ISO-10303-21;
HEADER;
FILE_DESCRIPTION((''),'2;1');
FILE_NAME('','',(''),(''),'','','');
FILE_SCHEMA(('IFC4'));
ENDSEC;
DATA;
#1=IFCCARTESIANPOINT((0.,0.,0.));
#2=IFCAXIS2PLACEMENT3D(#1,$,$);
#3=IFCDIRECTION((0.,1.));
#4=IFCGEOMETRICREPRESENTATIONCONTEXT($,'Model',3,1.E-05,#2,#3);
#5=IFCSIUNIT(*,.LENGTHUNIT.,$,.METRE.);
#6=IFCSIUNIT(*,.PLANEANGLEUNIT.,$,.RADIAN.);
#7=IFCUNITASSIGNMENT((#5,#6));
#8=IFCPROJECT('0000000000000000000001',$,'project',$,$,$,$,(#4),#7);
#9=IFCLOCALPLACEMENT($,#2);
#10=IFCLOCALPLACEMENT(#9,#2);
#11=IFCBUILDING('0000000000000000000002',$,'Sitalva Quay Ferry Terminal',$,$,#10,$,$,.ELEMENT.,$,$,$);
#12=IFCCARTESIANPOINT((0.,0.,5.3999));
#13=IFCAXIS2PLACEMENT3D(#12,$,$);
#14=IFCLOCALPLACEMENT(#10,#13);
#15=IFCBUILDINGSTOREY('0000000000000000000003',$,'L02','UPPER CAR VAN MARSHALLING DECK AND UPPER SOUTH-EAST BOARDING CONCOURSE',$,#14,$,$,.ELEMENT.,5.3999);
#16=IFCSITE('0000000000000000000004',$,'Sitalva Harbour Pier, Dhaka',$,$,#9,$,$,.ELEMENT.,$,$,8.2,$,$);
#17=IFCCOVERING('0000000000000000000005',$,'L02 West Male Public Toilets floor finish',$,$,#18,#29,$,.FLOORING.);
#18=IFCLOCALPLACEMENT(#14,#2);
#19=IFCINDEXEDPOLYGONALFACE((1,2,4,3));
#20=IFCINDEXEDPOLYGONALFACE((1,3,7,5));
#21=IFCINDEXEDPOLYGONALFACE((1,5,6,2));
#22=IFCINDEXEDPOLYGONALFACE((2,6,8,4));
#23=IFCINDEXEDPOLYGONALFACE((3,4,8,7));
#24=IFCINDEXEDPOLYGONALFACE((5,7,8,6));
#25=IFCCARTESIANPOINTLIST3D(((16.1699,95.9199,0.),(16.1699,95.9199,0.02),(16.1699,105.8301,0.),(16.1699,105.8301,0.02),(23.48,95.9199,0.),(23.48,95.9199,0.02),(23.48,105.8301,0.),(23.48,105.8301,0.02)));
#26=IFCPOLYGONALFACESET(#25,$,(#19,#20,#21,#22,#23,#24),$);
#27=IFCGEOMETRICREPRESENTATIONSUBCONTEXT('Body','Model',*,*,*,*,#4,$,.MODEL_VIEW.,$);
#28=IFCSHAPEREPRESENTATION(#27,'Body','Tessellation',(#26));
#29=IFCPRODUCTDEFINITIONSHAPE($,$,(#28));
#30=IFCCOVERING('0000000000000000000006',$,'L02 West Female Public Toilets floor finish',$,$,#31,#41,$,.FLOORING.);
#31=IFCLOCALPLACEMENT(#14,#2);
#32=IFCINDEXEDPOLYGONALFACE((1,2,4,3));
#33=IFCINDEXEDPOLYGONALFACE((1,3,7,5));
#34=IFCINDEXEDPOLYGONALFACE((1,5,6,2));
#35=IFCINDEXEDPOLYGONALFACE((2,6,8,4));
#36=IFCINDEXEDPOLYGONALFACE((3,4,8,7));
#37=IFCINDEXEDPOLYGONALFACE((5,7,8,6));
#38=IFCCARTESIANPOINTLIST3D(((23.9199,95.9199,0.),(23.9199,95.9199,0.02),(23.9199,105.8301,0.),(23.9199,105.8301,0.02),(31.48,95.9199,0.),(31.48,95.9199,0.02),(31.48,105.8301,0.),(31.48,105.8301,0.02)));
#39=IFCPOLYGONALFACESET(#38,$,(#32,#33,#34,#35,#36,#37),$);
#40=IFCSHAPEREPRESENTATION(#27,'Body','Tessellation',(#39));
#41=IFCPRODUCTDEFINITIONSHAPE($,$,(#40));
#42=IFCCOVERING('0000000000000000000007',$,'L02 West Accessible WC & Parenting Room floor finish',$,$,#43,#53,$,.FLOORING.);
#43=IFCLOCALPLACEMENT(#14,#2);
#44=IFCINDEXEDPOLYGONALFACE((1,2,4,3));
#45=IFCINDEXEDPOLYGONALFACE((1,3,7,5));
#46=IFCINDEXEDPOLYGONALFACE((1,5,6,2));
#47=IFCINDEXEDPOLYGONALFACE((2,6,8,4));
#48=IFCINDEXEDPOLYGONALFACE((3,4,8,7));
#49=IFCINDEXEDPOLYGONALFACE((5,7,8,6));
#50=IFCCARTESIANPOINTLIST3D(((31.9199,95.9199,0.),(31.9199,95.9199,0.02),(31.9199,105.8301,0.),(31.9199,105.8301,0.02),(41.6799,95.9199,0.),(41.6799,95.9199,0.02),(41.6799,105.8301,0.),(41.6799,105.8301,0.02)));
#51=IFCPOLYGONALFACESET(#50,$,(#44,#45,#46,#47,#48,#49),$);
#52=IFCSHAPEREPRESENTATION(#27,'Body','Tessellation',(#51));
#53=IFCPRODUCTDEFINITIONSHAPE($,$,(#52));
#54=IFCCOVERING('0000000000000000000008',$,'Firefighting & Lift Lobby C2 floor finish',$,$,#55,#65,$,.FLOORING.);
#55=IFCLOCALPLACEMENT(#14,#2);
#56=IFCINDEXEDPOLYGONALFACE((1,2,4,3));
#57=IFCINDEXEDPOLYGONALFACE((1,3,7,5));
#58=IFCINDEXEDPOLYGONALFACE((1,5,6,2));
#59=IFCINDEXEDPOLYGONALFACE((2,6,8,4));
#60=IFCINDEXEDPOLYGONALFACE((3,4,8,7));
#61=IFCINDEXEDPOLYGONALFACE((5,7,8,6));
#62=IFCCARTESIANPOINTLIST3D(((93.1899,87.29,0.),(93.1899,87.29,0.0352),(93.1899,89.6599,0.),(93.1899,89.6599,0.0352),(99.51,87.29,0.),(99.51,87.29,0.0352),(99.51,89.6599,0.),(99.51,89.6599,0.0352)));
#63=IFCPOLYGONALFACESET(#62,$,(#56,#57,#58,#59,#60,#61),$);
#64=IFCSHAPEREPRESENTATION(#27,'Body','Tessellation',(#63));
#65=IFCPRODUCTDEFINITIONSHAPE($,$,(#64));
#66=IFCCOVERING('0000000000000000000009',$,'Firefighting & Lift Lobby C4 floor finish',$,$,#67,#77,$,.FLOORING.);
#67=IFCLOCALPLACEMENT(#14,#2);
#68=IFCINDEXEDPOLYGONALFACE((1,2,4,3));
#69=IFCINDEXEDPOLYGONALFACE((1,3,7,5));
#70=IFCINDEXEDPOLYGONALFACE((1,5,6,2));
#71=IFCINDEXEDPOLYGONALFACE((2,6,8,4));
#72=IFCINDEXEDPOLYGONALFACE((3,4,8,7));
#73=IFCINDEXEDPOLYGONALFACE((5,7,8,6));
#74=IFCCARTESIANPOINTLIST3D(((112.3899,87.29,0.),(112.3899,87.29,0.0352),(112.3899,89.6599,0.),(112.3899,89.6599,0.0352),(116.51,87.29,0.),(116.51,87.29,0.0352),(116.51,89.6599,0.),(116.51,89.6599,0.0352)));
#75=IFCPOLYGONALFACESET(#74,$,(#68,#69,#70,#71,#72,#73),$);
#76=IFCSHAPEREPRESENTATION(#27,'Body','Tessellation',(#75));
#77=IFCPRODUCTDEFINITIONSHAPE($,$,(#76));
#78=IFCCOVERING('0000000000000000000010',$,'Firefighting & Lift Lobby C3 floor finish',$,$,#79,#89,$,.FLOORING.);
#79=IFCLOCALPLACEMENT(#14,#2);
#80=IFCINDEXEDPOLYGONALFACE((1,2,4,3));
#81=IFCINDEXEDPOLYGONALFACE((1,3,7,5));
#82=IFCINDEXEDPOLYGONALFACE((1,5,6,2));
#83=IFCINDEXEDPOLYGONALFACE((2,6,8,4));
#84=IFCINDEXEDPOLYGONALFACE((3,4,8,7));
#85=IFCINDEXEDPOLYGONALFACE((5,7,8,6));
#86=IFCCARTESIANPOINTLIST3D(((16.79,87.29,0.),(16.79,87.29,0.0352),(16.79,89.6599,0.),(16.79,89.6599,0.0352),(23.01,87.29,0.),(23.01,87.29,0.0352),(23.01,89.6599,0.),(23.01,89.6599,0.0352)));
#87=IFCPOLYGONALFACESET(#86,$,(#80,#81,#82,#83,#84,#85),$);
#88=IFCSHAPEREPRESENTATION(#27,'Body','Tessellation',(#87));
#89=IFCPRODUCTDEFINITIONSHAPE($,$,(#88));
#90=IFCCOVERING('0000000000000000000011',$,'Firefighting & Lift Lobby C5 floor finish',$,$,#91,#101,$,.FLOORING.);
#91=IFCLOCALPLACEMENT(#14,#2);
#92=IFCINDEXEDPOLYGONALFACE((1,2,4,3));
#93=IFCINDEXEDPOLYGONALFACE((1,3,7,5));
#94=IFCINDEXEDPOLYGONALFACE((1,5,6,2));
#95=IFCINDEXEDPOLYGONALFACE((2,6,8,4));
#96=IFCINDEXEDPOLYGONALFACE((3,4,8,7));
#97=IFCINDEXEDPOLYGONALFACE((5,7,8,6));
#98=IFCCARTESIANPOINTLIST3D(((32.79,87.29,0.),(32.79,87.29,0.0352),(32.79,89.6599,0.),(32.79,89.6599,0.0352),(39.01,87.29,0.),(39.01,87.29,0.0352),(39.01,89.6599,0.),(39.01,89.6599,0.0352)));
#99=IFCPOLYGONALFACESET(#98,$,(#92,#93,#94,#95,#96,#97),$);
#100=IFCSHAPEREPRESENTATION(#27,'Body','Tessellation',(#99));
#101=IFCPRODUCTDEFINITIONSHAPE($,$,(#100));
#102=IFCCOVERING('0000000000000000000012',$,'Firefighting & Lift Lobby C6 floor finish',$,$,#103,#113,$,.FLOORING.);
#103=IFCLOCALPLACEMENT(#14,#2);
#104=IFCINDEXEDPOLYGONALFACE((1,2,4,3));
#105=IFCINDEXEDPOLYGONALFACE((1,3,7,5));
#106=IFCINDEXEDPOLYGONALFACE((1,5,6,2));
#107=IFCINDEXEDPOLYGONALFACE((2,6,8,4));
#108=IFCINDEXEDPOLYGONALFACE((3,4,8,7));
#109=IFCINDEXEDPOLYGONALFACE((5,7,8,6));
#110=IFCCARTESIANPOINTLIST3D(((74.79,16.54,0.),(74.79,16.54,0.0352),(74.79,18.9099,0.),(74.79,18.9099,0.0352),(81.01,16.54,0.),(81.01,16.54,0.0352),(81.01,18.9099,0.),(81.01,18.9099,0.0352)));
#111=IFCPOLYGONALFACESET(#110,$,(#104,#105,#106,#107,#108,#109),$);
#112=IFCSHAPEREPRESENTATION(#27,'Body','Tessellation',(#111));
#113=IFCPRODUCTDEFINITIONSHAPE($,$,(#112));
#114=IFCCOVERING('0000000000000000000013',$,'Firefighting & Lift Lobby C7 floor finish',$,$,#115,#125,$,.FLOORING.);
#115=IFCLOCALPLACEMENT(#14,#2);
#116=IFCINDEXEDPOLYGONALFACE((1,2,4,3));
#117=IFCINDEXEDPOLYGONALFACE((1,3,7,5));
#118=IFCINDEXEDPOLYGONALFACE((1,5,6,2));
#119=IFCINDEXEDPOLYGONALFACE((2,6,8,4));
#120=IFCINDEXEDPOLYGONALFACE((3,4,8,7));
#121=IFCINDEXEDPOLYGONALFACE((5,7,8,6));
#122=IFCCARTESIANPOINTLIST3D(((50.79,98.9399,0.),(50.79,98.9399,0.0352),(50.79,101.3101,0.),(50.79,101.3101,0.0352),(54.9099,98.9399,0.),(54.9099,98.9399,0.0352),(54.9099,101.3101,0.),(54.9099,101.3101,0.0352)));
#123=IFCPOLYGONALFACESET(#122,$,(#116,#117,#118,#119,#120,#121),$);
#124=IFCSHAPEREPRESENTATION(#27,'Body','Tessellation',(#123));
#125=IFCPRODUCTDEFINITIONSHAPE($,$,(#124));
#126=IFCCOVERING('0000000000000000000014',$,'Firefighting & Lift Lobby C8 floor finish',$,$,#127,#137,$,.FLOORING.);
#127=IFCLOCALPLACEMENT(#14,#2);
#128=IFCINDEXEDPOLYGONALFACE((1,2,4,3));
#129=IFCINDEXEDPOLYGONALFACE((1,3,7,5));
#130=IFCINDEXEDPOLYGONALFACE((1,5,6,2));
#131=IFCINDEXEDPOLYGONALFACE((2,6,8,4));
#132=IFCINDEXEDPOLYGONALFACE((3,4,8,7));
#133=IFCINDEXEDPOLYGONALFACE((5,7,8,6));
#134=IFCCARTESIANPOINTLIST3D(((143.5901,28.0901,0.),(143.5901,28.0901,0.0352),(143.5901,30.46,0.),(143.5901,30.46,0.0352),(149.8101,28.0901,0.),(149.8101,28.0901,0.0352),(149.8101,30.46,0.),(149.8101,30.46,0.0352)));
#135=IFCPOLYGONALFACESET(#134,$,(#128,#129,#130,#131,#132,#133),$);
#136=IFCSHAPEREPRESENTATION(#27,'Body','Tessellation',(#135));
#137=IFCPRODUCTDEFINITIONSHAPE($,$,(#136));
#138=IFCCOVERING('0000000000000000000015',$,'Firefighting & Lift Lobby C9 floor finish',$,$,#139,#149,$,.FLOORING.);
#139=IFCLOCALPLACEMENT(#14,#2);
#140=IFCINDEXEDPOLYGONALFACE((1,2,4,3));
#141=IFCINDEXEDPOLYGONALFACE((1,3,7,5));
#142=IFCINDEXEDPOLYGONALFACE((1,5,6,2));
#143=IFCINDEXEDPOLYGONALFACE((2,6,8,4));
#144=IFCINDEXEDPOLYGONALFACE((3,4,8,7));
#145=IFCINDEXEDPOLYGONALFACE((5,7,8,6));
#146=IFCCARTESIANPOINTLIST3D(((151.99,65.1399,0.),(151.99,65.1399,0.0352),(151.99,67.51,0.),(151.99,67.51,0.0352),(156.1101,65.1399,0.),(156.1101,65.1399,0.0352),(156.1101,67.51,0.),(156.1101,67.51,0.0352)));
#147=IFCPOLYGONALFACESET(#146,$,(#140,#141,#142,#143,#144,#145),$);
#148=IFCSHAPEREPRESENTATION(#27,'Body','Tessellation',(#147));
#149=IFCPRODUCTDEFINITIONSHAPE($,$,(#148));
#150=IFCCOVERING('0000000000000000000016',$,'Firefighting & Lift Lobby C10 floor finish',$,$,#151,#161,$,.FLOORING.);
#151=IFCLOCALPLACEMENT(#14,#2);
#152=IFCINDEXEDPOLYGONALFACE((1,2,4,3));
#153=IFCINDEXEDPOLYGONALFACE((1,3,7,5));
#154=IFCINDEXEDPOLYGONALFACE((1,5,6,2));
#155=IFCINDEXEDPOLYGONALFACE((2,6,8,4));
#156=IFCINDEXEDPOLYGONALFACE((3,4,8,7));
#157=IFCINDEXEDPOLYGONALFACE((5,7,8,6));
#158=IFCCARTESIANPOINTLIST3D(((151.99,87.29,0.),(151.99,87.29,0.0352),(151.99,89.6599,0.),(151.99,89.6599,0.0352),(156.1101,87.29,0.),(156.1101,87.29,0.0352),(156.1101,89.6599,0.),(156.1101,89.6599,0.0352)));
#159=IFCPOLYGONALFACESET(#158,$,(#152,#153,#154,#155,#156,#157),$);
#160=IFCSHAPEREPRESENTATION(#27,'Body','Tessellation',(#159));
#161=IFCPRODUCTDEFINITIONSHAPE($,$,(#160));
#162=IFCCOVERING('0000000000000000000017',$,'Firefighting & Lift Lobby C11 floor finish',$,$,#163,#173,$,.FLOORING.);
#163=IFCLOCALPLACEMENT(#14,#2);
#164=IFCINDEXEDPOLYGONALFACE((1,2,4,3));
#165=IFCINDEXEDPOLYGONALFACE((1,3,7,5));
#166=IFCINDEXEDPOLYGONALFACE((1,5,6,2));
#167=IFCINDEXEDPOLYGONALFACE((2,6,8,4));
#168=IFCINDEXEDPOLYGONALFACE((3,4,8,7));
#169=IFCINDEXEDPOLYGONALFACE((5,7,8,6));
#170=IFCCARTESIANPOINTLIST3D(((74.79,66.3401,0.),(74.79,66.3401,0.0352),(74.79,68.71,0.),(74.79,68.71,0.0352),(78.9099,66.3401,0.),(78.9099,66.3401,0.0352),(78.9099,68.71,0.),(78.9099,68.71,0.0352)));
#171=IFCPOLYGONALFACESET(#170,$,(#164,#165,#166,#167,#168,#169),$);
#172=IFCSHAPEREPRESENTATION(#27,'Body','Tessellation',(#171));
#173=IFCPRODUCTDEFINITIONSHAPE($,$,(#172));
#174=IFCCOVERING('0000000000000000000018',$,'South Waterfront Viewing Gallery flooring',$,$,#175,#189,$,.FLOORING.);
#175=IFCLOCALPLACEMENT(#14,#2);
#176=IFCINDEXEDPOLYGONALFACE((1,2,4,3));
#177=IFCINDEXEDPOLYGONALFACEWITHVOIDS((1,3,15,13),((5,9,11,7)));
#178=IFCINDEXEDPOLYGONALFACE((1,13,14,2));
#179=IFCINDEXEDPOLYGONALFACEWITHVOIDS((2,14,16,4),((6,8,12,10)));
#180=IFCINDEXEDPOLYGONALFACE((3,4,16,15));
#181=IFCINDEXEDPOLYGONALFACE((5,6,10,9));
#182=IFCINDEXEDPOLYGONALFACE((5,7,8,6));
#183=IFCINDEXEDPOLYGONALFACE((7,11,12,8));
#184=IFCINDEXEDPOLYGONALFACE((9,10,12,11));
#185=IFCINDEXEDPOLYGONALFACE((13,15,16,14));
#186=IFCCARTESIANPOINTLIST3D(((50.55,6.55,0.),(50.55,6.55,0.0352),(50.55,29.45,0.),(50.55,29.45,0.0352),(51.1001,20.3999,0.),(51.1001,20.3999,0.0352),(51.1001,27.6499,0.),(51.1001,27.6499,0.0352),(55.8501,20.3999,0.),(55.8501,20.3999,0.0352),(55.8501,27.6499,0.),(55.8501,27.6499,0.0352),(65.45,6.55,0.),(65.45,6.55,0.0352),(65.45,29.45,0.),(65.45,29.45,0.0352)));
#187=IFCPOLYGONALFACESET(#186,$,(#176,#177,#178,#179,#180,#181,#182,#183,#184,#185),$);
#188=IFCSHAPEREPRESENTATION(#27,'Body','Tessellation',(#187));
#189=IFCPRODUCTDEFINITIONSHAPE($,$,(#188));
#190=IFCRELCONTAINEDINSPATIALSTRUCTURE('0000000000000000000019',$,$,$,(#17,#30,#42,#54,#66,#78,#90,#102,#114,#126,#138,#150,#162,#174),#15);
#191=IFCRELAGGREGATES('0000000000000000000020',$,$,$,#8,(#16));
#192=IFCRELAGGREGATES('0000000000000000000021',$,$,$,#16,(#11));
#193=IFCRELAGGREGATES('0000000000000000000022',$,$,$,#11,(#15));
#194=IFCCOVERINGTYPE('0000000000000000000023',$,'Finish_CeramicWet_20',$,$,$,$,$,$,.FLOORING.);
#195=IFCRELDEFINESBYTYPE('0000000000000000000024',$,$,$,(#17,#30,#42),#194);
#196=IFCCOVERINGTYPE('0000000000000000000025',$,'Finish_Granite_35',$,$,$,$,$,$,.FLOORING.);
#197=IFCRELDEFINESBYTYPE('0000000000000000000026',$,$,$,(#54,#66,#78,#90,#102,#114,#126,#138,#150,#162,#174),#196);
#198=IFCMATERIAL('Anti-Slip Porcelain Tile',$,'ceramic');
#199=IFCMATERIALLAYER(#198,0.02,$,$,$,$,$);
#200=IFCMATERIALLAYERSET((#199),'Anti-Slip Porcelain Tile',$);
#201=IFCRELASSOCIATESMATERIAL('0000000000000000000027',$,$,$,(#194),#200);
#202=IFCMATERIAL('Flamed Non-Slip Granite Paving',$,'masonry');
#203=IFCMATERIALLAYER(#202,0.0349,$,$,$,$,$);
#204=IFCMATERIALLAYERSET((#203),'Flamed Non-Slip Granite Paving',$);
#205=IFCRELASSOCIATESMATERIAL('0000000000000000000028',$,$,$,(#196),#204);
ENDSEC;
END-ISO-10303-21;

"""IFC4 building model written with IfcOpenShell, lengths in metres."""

from ifc_helpers import new_model, si_unit, direction, frame, origin, place, context, subcontext, project, spatial, polyline, outline, extrude, material, layer, layer_set, type_object, element, save


model = new_model("IFC4")

# Units and contexts
model_context = context("Model", 3, precision=1e-05, world=origin(), true_north=direction((0.0, 1.0)))
body_context = subcontext(model_context, "Body", "Model", "MODEL_VIEW")
ifc_project = project(units=[si_unit("LENGTHUNIT", "METRE"), si_unit("PLANEANGLEUNIT", "RADIAN")], contexts=[model_context])

# Site, building, storey
site_placement = place(None, origin())
site = spatial("IfcSite", under=ifc_project, at=site_placement, Name="Sitalva Harbour Pier, Dhaka", CompositionType="ELEMENT", RefElevation=8.2)
building_placement = place(site_placement, origin())
building = spatial("IfcBuilding", under=site, at=building_placement, Name="Sitalva Quay Ferry Terminal", CompositionType="ELEMENT")
storey_placement = place(building_placement, frame((0.0, 0.0, 5.3999)))
storey = spatial("IfcBuildingStorey", under=building, at=storey_placement, Name="L02", Description="UPPER CAR VAN MARSHALLING DECK AND UPPER SOUTH-EAST BOARDING CONCOURSE", CompositionType="ELEMENT", Elevation=5.3999)

# Coverings
ifc_material_1 = material(Name="Anti-Slip Porcelain Tile", Category="ceramic")
ifc_layer_1 = layer(ifc_material_1, 0.02)
ifc_layer_set_1 = layer_set([ifc_layer_1], Name="Anti-Slip Porcelain Tile")
covering_type_1 = type_object("IfcCoveringType", Name="Finish_CeramicWet_20", PredefinedType="FLOORING", material=ifc_layer_set_1)
covering_1_placement = place(storey_placement, origin())
element("IfcCovering", 1, at=covering_1_placement, inside=storey, type_object=covering_type_1, Name="L02 West Male Public Toilets floor finish", PredefinedType="FLOORING", context=body_context, shape_type="SweptSolid", body=[
    extrude(outline(polyline([(16.1699, 95.9199), (23.48, 95.9199), (23.48, 105.8301), (16.1699, 105.8301), (16.1699, 95.9199)])), origin(), (0.0, 0.0, 1.0), 0.02),
])
covering_2_placement = place(storey_placement, origin())
element("IfcCovering", 2, at=covering_2_placement, inside=storey, type_object=covering_type_1, Name="L02 West Female Public Toilets floor finish", PredefinedType="FLOORING", context=body_context, shape_type="SweptSolid", body=[
    extrude(outline(polyline([(23.9199, 95.9199), (31.48, 95.9199), (31.48, 105.8301), (23.9199, 105.8301), (23.9199, 95.9199)])), origin(), (0.0, 0.0, 1.0), 0.02),
])
covering_3_placement = place(storey_placement, origin())
element("IfcCovering", 3, at=covering_3_placement, inside=storey, type_object=covering_type_1, Name="L02 West Accessible WC & Parenting Room floor finish", PredefinedType="FLOORING", context=body_context, shape_type="SweptSolid", body=[
    extrude(outline(polyline([(31.9199, 95.9199), (41.6799, 95.9199), (41.6799, 105.8301), (31.9199, 105.8301), (31.9199, 95.9199)])), origin(), (0.0, 0.0, 1.0), 0.02),
])
ifc_material_2 = material(Name="Flamed Non-Slip Granite Paving", Category="masonry")
ifc_layer_2 = layer(ifc_material_2, 0.0349)
ifc_layer_set_2 = layer_set([ifc_layer_2], Name="Flamed Non-Slip Granite Paving")
covering_type_2 = type_object("IfcCoveringType", Name="Finish_Granite_35", PredefinedType="FLOORING", material=ifc_layer_set_2)
covering_4_placement = place(storey_placement, origin())
element("IfcCovering", 4, at=covering_4_placement, inside=storey, type_object=covering_type_2, Name="Firefighting & Lift Lobby C2 floor finish", PredefinedType="FLOORING", context=body_context, shape_type="SweptSolid", body=[
    extrude(outline(polyline([(93.1899, 87.29), (99.51, 87.29), (99.51, 89.6599), (93.1899, 89.6599), (93.1899, 87.29)])), origin(), (0.0, 0.0, 1.0), 0.0352),
])
covering_5_placement = place(storey_placement, origin())
element("IfcCovering", 5, at=covering_5_placement, inside=storey, type_object=covering_type_2, Name="Firefighting & Lift Lobby C4 floor finish", PredefinedType="FLOORING", context=body_context, shape_type="SweptSolid", body=[
    extrude(outline(polyline([(112.3899, 87.29), (116.51, 87.29), (116.51, 89.6599), (112.3899, 89.6599), (112.3899, 87.29)])), origin(), (0.0, 0.0, 1.0), 0.0352),
])
covering_6_placement = place(storey_placement, origin())
element("IfcCovering", 6, at=covering_6_placement, inside=storey, type_object=covering_type_2, Name="Firefighting & Lift Lobby C3 floor finish", PredefinedType="FLOORING", context=body_context, shape_type="SweptSolid", body=[
    extrude(outline(polyline([(16.79, 87.29), (23.01, 87.29), (23.01, 89.6599), (16.79, 89.6599), (16.79, 87.29)])), origin(), (0.0, 0.0, 1.0), 0.0352),
])
covering_7_placement = place(storey_placement, origin())
element("IfcCovering", 7, at=covering_7_placement, inside=storey, type_object=covering_type_2, Name="Firefighting & Lift Lobby C5 floor finish", PredefinedType="FLOORING", context=body_context, shape_type="SweptSolid", body=[
    extrude(outline(polyline([(32.79, 87.29), (39.01, 87.29), (39.01, 89.6599), (32.79, 89.6599), (32.79, 87.29)])), origin(), (0.0, 0.0, 1.0), 0.0352),
])
covering_8_placement = place(storey_placement, origin())
element("IfcCovering", 8, at=covering_8_placement, inside=storey, type_object=covering_type_2, Name="Firefighting & Lift Lobby C6 floor finish", PredefinedType="FLOORING", context=body_context, shape_type="SweptSolid", body=[
    extrude(outline(polyline([(74.79, 16.54), (81.01, 16.54), (81.01, 18.9099), (74.79, 18.9099), (74.79, 16.54)])), origin(), (0.0, 0.0, 1.0), 0.0352),
])
covering_9_placement = place(storey_placement, origin())
element("IfcCovering", 9, at=covering_9_placement, inside=storey, type_object=covering_type_2, Name="Firefighting & Lift Lobby C7 floor finish", PredefinedType="FLOORING", context=body_context, shape_type="SweptSolid", body=[
    extrude(outline(polyline([(50.79, 98.9399), (54.9099, 98.9399), (54.9099, 101.3101), (50.79, 101.3101), (50.79, 98.9399)])), origin(), (0.0, 0.0, 1.0), 0.0352),
])
covering_10_placement = place(storey_placement, origin())
element("IfcCovering", 10, at=covering_10_placement, inside=storey, type_object=covering_type_2, Name="Firefighting & Lift Lobby C8 floor finish", PredefinedType="FLOORING", context=body_context, shape_type="SweptSolid", body=[
    extrude(outline(polyline([(143.5901, 28.0901), (149.8101, 28.0901), (149.8101, 30.46), (143.5901, 30.46), (143.5901, 28.0901)])), origin(), (0.0, 0.0, 1.0), 0.0352),
])
covering_11_placement = place(storey_placement, origin())
element("IfcCovering", 11, at=covering_11_placement, inside=storey, type_object=covering_type_2, Name="Firefighting & Lift Lobby C9 floor finish", PredefinedType="FLOORING", context=body_context, shape_type="SweptSolid", body=[
    extrude(outline(polyline([(151.99, 65.1399), (156.1101, 65.1399), (156.1101, 67.51), (151.99, 67.51), (151.99, 65.1399)])), origin(), (0.0, 0.0, 1.0), 0.0352),
])
covering_12_placement = place(storey_placement, origin())
element("IfcCovering", 12, at=covering_12_placement, inside=storey, type_object=covering_type_2, Name="Firefighting & Lift Lobby C10 floor finish", PredefinedType="FLOORING", context=body_context, shape_type="SweptSolid", body=[
    extrude(outline(polyline([(151.99, 87.29), (156.1101, 87.29), (156.1101, 89.6599), (151.99, 89.6599), (151.99, 87.29)])), origin(), (0.0, 0.0, 1.0), 0.0352),
])
covering_13_placement = place(storey_placement, origin())
element("IfcCovering", 13, at=covering_13_placement, inside=storey, type_object=covering_type_2, Name="Firefighting & Lift Lobby C11 floor finish", PredefinedType="FLOORING", context=body_context, shape_type="SweptSolid", body=[
    extrude(outline(polyline([(74.79, 66.3401), (78.9099, 66.3401), (78.9099, 68.71), (74.79, 68.71), (74.79, 66.3401)])), origin(), (0.0, 0.0, 1.0), 0.0352),
])
covering_14_placement = place(storey_placement, origin())
element("IfcCovering", 14, at=covering_14_placement, inside=storey, type_object=covering_type_2, Name="South Waterfront Viewing Gallery flooring", PredefinedType="FLOORING", context=body_context, shape_type="SweptSolid", body=[
    extrude(outline(polyline([(50.55, 6.55), (65.45, 6.55), (65.45, 29.45), (50.55, 29.45), (50.55, 6.55)]), holes=[polyline([(51.1001, 20.3999), (51.1001, 27.6499), (55.8501, 27.6499), (55.8501, 20.3999), (51.1001, 20.3999)])]), origin(), (0.0, 0.0, 1.0), 0.0352),
])

save(model, "model.ifc")
